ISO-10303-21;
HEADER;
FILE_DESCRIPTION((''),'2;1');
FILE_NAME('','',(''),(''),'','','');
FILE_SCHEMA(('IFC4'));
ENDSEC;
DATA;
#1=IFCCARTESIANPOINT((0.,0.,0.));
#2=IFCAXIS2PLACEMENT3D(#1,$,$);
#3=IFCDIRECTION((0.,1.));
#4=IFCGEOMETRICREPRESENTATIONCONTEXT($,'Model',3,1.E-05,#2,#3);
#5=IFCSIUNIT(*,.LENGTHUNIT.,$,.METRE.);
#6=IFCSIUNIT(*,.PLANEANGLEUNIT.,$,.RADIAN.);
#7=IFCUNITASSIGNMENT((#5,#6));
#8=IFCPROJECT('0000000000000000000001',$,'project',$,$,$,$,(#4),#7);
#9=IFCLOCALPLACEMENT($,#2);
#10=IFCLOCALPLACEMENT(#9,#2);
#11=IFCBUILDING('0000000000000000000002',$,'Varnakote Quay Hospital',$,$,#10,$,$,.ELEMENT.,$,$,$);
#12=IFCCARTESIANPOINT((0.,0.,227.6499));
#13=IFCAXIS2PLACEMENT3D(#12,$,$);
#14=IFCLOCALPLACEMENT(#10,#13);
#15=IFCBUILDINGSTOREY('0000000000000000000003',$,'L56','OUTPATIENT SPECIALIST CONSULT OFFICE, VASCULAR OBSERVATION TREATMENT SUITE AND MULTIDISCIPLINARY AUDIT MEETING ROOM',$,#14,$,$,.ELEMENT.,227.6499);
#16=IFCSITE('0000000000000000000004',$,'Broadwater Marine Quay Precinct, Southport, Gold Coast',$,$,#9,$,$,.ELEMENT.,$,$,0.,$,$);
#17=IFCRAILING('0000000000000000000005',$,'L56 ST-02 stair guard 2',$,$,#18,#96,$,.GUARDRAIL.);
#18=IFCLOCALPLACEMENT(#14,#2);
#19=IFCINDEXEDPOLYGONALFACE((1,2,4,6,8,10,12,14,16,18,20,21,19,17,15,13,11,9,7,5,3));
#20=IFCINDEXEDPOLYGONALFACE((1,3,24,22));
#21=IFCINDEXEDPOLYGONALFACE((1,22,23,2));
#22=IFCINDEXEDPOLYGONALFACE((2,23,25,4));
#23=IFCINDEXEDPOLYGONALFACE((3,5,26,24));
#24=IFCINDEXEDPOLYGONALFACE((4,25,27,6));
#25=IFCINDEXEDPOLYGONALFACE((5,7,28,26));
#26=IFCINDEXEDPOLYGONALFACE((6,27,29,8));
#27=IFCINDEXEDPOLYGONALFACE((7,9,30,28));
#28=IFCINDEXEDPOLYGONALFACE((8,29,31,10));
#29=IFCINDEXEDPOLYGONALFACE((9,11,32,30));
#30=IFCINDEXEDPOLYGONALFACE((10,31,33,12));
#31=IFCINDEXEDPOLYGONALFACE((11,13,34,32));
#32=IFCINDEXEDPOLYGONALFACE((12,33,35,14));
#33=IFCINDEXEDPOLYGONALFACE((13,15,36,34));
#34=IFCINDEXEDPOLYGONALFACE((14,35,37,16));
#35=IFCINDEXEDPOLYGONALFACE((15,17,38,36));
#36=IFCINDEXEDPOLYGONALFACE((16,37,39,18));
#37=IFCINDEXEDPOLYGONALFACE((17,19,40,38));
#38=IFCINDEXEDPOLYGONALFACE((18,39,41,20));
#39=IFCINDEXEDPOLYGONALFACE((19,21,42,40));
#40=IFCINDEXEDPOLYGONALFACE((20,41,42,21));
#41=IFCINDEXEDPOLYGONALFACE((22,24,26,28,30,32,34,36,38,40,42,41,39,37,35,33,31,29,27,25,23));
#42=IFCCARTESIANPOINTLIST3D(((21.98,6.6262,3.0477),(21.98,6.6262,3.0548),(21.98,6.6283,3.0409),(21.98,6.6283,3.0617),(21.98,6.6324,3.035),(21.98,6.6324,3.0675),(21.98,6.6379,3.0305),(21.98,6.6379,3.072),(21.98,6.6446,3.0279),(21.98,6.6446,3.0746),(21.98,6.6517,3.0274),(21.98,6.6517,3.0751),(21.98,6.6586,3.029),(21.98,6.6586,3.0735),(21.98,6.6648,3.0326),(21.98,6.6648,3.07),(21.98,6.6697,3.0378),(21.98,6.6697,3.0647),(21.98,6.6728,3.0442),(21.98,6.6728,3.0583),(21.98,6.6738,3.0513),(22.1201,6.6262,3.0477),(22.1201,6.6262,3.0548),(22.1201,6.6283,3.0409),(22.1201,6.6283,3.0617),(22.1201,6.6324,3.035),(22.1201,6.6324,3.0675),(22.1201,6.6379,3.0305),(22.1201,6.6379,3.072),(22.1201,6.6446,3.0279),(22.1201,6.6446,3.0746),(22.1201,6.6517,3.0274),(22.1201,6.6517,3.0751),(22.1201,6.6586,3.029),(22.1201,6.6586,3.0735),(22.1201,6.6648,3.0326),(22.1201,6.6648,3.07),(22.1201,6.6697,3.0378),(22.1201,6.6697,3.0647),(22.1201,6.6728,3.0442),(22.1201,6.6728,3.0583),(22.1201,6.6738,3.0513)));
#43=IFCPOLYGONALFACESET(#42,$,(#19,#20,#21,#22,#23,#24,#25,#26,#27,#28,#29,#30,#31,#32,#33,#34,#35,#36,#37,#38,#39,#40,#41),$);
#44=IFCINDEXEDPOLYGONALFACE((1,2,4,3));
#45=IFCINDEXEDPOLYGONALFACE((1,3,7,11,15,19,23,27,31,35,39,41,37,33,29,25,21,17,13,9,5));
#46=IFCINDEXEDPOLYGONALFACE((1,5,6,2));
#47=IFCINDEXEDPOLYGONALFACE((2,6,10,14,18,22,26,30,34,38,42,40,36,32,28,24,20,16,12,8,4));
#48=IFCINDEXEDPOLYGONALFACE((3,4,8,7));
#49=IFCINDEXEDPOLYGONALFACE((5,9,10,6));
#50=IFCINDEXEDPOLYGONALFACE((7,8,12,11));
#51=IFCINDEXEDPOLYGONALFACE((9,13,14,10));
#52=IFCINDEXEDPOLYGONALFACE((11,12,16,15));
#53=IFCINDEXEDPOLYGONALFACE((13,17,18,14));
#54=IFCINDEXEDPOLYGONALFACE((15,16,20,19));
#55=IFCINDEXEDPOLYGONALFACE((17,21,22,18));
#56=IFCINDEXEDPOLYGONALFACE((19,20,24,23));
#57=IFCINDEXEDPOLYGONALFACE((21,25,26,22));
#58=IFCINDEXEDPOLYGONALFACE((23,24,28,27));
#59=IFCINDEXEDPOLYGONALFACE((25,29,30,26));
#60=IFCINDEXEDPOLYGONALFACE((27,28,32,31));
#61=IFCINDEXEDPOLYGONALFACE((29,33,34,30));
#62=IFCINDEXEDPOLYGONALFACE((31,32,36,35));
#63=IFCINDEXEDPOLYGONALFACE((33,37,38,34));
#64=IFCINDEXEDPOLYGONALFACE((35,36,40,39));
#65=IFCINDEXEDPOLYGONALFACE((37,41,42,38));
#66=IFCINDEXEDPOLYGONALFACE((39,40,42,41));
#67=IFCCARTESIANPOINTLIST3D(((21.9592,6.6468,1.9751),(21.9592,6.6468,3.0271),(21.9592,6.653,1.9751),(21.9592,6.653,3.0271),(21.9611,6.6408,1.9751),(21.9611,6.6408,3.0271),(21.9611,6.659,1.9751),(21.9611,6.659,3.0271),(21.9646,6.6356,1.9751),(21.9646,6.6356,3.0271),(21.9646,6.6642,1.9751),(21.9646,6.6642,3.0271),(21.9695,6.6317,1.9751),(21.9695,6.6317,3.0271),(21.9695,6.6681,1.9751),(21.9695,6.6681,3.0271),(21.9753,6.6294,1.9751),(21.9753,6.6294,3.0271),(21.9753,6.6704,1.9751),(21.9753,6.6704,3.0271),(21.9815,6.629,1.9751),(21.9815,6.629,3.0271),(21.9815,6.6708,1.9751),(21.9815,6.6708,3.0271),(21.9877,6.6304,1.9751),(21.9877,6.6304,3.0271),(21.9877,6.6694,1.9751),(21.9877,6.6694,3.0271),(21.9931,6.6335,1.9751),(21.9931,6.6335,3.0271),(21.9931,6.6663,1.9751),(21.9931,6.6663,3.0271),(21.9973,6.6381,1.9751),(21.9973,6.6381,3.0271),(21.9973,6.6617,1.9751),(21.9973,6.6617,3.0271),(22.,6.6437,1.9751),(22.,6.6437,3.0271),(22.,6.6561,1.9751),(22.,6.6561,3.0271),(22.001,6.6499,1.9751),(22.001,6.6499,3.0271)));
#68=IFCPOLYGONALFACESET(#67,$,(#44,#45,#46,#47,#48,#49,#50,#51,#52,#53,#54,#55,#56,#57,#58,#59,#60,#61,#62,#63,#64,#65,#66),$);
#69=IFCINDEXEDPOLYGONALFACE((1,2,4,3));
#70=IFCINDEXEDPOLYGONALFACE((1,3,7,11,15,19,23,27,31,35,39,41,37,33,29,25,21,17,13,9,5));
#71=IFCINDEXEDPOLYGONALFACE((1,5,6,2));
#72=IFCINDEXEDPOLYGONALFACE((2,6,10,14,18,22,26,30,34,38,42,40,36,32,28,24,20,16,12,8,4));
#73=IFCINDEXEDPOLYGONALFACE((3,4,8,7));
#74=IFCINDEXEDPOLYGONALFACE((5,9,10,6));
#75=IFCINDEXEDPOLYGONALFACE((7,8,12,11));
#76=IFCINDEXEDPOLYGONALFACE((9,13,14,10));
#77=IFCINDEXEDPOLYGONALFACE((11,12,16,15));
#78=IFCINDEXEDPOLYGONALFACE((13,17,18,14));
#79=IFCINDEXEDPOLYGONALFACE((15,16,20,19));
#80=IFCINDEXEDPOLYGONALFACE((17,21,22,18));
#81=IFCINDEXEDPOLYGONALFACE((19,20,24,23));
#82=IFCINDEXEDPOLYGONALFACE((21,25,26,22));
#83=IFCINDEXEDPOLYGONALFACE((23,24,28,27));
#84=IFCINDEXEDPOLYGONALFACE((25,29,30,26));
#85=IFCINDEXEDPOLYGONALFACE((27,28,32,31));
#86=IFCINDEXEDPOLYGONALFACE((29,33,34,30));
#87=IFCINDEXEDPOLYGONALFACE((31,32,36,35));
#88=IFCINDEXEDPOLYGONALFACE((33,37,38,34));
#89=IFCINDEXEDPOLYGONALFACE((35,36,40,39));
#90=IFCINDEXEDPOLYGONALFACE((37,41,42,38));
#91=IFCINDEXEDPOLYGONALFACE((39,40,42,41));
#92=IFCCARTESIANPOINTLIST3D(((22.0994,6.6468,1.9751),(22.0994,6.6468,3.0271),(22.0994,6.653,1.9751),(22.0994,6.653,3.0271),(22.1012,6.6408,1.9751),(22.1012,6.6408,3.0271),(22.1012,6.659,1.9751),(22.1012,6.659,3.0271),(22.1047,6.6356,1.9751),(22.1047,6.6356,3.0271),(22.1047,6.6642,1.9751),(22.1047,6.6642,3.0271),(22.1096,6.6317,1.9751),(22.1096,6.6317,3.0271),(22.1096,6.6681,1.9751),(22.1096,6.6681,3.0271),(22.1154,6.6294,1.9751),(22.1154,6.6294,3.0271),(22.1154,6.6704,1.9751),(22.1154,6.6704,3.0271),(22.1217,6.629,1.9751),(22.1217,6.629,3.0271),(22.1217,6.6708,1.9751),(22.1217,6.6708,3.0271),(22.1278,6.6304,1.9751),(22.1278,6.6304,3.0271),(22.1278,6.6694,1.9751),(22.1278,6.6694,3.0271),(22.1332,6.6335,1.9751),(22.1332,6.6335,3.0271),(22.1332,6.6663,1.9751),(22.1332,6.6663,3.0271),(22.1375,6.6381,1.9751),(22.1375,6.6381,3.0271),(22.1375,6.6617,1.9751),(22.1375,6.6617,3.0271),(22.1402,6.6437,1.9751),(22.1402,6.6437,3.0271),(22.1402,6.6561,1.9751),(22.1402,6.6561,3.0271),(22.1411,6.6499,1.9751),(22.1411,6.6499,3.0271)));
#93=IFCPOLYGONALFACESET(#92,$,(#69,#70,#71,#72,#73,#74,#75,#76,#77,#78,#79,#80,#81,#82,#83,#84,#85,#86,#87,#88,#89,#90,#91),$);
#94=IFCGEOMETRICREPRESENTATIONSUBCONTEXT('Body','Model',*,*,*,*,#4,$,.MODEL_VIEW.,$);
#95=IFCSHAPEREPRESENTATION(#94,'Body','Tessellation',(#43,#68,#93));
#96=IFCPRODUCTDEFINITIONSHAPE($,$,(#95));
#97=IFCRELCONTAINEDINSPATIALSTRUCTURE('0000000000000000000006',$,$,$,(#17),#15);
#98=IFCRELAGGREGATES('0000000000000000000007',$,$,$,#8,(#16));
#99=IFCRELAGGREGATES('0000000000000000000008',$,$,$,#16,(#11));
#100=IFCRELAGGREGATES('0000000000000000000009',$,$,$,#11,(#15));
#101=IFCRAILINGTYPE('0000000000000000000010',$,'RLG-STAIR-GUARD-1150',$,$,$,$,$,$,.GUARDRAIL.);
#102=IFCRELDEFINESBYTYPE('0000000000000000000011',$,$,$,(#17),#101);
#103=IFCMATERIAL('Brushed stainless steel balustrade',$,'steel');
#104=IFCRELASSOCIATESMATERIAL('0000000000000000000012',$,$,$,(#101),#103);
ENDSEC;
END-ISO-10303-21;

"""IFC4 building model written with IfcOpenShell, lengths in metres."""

from ifc_helpers import new_model, si_unit, direction, frame, origin, origin_2d, place, context, subcontext, project, spatial, circle, extrude, material, type_object, element, save


model = new_model("IFC4")

# Units and contexts
model_context = context("Model", 3, precision=1e-05, world=origin(), true_north=direction((0.0, 1.0)))
body_context = subcontext(model_context, "Body", "Model", "MODEL_VIEW")
ifc_project = project(units=[si_unit("LENGTHUNIT", "METRE"), si_unit("PLANEANGLEUNIT", "RADIAN")], contexts=[model_context])

# Site, building, storey
site_placement = place(None, origin())
site = spatial("IfcSite", under=ifc_project, at=site_placement, Name="Broadwater Marine Quay Precinct, Southport, Gold Coast", CompositionType="ELEMENT", RefElevation=0.0)
building_placement = place(site_placement, origin())
building = spatial("IfcBuilding", under=site, at=building_placement, Name="Varnakote Quay Hospital", CompositionType="ELEMENT")
storey_placement = place(building_placement, frame((0.0, 0.0, 227.6499)))
storey = spatial("IfcBuildingStorey", under=building, at=storey_placement, Name="L56", Description="OUTPATIENT SPECIALIST CONSULT OFFICE, VASCULAR OBSERVATION TREATMENT SUITE AND MULTIDISCIPLINARY AUDIT MEETING ROOM", CompositionType="ELEMENT", Elevation=227.6499)

# Railing
ifc_material_1 = material(Name="Brushed stainless steel balustrade", Category="steel")
railing_type_1 = type_object("IfcRailingType", Name="RLG-STAIR-GUARD-1150", PredefinedType="GUARDRAIL", material=ifc_material_1)
railing_1_placement = place(storey_placement, frame((21.98, 6.6499, 1.9751)))
element("IfcRailing", 1, at=railing_1_placement, inside=storey, type_object=railing_type_1, Name="L56 ST-02 stair guard 2", PredefinedType="GUARDRAIL", context=body_context, shape_type="SweptSolid", body=[
    extrude(circle(Radius=0.0239, at=origin_2d()), frame((0.0, 0.0, 1.0762), z_axis=(1.0, 0.0, 0.0), x_axis=(0.0, 1.0, 0.0)), (0.0, 0.0, 1.0), 0.1401),
    extrude(circle(Radius=0.021, at=origin_2d()), origin(), (0.0, 0.0, 1.0), 1.052),
    extrude(circle(Radius=0.021, at=origin_2d()), frame((0.1401, 0.0, 0.0)), (0.0, 0.0, 1.0), 1.052),
])

save(model, "model.ifc")
